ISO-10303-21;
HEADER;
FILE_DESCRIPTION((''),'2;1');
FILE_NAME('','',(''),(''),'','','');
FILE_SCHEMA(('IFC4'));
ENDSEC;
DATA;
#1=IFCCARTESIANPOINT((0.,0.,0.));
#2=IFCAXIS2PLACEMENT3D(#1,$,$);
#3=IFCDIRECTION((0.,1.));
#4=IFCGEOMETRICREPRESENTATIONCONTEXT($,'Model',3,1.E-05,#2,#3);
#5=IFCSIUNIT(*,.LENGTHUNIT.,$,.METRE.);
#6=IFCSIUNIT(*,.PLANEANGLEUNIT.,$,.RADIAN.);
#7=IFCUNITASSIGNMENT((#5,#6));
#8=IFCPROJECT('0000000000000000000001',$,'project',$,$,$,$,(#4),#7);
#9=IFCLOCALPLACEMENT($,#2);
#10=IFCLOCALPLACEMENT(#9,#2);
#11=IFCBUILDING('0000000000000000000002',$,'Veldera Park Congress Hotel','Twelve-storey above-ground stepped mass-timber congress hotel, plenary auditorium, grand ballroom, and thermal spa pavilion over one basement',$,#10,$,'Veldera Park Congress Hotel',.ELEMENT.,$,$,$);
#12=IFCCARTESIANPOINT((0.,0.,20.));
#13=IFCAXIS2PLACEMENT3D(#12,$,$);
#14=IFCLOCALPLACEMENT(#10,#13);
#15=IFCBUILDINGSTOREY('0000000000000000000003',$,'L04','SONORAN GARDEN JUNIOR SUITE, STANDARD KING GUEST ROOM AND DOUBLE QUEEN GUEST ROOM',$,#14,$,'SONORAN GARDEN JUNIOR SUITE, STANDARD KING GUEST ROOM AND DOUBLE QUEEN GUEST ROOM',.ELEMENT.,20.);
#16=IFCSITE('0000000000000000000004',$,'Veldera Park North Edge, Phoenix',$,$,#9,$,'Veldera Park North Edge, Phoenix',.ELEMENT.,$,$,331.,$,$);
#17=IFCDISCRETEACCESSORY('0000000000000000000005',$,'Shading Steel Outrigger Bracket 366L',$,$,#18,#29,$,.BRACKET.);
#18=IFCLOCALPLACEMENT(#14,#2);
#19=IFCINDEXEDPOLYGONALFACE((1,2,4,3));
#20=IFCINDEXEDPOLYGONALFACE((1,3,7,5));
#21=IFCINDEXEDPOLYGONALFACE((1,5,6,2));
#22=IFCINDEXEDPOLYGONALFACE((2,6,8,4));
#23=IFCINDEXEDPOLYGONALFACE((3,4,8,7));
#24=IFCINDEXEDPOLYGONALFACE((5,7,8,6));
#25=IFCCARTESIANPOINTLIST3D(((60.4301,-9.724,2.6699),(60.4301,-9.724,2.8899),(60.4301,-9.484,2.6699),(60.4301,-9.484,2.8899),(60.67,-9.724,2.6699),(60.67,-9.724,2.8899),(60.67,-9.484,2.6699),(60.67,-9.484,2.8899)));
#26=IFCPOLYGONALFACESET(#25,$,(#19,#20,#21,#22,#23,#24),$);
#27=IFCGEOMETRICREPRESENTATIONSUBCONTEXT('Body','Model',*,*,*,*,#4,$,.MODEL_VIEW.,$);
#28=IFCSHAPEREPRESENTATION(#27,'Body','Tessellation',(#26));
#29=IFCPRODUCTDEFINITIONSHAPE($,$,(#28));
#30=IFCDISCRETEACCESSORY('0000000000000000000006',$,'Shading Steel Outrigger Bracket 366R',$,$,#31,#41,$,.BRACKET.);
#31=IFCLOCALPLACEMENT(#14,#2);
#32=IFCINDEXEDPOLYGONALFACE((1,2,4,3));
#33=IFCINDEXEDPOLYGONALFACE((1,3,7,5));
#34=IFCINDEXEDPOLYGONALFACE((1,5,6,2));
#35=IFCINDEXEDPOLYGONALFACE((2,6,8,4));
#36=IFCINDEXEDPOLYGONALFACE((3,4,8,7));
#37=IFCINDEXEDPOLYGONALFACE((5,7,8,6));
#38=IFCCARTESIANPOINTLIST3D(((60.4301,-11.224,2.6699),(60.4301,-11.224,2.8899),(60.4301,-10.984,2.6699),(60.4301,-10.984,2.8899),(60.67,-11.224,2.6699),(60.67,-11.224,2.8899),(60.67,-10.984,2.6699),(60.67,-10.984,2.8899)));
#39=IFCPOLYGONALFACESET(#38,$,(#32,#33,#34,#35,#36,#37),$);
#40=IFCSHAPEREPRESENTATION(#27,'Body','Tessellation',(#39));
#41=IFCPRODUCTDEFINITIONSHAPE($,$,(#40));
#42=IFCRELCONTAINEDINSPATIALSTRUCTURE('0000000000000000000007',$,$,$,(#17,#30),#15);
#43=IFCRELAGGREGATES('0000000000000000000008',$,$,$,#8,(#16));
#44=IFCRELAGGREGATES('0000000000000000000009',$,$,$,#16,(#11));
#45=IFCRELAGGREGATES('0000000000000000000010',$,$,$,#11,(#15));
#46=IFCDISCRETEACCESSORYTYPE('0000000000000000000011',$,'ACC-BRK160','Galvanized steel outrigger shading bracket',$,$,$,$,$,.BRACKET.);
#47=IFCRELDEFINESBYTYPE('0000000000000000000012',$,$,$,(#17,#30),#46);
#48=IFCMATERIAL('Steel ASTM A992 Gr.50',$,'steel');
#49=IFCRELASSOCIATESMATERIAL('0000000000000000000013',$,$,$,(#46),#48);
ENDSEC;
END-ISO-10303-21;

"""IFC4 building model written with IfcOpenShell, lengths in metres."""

from ifc_helpers import new_model, si_unit, direction, frame, origin, origin_2d, place, context, subcontext, project, spatial, rectangle, extrude, material, type_object, element, save


model = new_model("IFC4")

# Units and contexts
model_context = context("Model", 3, precision=1e-05, world=origin(), true_north=direction((0.0, 1.0)))
body_context = subcontext(model_context, "Body", "Model", "MODEL_VIEW")
ifc_project = project(units=[si_unit("LENGTHUNIT", "METRE"), si_unit("PLANEANGLEUNIT", "RADIAN")], contexts=[model_context])

# Site, building, storey
site_placement = place(None, origin())
site = spatial("IfcSite", under=ifc_project, at=site_placement, Name="Veldera Park North Edge, Phoenix", LongName="Veldera Park North Edge, Phoenix", CompositionType="ELEMENT", RefElevation=331.0)
building_placement = place(site_placement, origin())
building = spatial("IfcBuilding", under=site, at=building_placement, Name="Veldera Park Congress Hotel", Description="Twelve-storey above-ground stepped mass-timber congress hotel, plenary auditorium, grand ballroom, and thermal spa pavilion over one basement", LongName="Veldera Park Congress Hotel", CompositionType="ELEMENT")
storey_placement = place(building_placement, frame((0.0, 0.0, 20.0)))
storey = spatial("IfcBuildingStorey", under=building, at=storey_placement, Name="L04", Description="SONORAN GARDEN JUNIOR SUITE, STANDARD KING GUEST ROOM AND DOUBLE QUEEN GUEST ROOM", LongName="SONORAN GARDEN JUNIOR SUITE, STANDARD KING GUEST ROOM AND DOUBLE QUEEN GUEST ROOM", CompositionType="ELEMENT", Elevation=20.0)

# Discrete accessories
ifc_material_1 = material(Name="Steel ASTM A992 Gr.50", Category="steel")
discrete_accessory_type = type_object("IfcDiscreteAccessoryType", Name="ACC-BRK160", Description="Galvanized steel outrigger shading bracket", PredefinedType="BRACKET", material=ifc_material_1)
for number, where, z_axis, x_axis, name in (
    (1, (60.55, -9.604, 2.6699), (0.0, 0.0, 1.0), (0.0, -1.0, 0.0), "Shading Steel Outrigger Bracket 366L"),
    (2, (60.55, -11.104, 2.6699), (0.0, 0.0, 1.0), (0.0, -1.0, 0.0), "Shading Steel Outrigger Bracket 366R"),
):
    element("IfcDiscreteAccessory", number, at=place(storey_placement, frame(where, z_axis=z_axis, x_axis=x_axis)), inside=storey, type_object=discrete_accessory_type, Name=name, PredefinedType="BRACKET", context=body_context, shape_type="SweptSolid", body=[
        extrude(rectangle(XDim=0.24, YDim=0.24, at=origin_2d()), origin(), (0.0, 0.0, 1.0), 0.22),
    ])

save(model, "model.ifc")
